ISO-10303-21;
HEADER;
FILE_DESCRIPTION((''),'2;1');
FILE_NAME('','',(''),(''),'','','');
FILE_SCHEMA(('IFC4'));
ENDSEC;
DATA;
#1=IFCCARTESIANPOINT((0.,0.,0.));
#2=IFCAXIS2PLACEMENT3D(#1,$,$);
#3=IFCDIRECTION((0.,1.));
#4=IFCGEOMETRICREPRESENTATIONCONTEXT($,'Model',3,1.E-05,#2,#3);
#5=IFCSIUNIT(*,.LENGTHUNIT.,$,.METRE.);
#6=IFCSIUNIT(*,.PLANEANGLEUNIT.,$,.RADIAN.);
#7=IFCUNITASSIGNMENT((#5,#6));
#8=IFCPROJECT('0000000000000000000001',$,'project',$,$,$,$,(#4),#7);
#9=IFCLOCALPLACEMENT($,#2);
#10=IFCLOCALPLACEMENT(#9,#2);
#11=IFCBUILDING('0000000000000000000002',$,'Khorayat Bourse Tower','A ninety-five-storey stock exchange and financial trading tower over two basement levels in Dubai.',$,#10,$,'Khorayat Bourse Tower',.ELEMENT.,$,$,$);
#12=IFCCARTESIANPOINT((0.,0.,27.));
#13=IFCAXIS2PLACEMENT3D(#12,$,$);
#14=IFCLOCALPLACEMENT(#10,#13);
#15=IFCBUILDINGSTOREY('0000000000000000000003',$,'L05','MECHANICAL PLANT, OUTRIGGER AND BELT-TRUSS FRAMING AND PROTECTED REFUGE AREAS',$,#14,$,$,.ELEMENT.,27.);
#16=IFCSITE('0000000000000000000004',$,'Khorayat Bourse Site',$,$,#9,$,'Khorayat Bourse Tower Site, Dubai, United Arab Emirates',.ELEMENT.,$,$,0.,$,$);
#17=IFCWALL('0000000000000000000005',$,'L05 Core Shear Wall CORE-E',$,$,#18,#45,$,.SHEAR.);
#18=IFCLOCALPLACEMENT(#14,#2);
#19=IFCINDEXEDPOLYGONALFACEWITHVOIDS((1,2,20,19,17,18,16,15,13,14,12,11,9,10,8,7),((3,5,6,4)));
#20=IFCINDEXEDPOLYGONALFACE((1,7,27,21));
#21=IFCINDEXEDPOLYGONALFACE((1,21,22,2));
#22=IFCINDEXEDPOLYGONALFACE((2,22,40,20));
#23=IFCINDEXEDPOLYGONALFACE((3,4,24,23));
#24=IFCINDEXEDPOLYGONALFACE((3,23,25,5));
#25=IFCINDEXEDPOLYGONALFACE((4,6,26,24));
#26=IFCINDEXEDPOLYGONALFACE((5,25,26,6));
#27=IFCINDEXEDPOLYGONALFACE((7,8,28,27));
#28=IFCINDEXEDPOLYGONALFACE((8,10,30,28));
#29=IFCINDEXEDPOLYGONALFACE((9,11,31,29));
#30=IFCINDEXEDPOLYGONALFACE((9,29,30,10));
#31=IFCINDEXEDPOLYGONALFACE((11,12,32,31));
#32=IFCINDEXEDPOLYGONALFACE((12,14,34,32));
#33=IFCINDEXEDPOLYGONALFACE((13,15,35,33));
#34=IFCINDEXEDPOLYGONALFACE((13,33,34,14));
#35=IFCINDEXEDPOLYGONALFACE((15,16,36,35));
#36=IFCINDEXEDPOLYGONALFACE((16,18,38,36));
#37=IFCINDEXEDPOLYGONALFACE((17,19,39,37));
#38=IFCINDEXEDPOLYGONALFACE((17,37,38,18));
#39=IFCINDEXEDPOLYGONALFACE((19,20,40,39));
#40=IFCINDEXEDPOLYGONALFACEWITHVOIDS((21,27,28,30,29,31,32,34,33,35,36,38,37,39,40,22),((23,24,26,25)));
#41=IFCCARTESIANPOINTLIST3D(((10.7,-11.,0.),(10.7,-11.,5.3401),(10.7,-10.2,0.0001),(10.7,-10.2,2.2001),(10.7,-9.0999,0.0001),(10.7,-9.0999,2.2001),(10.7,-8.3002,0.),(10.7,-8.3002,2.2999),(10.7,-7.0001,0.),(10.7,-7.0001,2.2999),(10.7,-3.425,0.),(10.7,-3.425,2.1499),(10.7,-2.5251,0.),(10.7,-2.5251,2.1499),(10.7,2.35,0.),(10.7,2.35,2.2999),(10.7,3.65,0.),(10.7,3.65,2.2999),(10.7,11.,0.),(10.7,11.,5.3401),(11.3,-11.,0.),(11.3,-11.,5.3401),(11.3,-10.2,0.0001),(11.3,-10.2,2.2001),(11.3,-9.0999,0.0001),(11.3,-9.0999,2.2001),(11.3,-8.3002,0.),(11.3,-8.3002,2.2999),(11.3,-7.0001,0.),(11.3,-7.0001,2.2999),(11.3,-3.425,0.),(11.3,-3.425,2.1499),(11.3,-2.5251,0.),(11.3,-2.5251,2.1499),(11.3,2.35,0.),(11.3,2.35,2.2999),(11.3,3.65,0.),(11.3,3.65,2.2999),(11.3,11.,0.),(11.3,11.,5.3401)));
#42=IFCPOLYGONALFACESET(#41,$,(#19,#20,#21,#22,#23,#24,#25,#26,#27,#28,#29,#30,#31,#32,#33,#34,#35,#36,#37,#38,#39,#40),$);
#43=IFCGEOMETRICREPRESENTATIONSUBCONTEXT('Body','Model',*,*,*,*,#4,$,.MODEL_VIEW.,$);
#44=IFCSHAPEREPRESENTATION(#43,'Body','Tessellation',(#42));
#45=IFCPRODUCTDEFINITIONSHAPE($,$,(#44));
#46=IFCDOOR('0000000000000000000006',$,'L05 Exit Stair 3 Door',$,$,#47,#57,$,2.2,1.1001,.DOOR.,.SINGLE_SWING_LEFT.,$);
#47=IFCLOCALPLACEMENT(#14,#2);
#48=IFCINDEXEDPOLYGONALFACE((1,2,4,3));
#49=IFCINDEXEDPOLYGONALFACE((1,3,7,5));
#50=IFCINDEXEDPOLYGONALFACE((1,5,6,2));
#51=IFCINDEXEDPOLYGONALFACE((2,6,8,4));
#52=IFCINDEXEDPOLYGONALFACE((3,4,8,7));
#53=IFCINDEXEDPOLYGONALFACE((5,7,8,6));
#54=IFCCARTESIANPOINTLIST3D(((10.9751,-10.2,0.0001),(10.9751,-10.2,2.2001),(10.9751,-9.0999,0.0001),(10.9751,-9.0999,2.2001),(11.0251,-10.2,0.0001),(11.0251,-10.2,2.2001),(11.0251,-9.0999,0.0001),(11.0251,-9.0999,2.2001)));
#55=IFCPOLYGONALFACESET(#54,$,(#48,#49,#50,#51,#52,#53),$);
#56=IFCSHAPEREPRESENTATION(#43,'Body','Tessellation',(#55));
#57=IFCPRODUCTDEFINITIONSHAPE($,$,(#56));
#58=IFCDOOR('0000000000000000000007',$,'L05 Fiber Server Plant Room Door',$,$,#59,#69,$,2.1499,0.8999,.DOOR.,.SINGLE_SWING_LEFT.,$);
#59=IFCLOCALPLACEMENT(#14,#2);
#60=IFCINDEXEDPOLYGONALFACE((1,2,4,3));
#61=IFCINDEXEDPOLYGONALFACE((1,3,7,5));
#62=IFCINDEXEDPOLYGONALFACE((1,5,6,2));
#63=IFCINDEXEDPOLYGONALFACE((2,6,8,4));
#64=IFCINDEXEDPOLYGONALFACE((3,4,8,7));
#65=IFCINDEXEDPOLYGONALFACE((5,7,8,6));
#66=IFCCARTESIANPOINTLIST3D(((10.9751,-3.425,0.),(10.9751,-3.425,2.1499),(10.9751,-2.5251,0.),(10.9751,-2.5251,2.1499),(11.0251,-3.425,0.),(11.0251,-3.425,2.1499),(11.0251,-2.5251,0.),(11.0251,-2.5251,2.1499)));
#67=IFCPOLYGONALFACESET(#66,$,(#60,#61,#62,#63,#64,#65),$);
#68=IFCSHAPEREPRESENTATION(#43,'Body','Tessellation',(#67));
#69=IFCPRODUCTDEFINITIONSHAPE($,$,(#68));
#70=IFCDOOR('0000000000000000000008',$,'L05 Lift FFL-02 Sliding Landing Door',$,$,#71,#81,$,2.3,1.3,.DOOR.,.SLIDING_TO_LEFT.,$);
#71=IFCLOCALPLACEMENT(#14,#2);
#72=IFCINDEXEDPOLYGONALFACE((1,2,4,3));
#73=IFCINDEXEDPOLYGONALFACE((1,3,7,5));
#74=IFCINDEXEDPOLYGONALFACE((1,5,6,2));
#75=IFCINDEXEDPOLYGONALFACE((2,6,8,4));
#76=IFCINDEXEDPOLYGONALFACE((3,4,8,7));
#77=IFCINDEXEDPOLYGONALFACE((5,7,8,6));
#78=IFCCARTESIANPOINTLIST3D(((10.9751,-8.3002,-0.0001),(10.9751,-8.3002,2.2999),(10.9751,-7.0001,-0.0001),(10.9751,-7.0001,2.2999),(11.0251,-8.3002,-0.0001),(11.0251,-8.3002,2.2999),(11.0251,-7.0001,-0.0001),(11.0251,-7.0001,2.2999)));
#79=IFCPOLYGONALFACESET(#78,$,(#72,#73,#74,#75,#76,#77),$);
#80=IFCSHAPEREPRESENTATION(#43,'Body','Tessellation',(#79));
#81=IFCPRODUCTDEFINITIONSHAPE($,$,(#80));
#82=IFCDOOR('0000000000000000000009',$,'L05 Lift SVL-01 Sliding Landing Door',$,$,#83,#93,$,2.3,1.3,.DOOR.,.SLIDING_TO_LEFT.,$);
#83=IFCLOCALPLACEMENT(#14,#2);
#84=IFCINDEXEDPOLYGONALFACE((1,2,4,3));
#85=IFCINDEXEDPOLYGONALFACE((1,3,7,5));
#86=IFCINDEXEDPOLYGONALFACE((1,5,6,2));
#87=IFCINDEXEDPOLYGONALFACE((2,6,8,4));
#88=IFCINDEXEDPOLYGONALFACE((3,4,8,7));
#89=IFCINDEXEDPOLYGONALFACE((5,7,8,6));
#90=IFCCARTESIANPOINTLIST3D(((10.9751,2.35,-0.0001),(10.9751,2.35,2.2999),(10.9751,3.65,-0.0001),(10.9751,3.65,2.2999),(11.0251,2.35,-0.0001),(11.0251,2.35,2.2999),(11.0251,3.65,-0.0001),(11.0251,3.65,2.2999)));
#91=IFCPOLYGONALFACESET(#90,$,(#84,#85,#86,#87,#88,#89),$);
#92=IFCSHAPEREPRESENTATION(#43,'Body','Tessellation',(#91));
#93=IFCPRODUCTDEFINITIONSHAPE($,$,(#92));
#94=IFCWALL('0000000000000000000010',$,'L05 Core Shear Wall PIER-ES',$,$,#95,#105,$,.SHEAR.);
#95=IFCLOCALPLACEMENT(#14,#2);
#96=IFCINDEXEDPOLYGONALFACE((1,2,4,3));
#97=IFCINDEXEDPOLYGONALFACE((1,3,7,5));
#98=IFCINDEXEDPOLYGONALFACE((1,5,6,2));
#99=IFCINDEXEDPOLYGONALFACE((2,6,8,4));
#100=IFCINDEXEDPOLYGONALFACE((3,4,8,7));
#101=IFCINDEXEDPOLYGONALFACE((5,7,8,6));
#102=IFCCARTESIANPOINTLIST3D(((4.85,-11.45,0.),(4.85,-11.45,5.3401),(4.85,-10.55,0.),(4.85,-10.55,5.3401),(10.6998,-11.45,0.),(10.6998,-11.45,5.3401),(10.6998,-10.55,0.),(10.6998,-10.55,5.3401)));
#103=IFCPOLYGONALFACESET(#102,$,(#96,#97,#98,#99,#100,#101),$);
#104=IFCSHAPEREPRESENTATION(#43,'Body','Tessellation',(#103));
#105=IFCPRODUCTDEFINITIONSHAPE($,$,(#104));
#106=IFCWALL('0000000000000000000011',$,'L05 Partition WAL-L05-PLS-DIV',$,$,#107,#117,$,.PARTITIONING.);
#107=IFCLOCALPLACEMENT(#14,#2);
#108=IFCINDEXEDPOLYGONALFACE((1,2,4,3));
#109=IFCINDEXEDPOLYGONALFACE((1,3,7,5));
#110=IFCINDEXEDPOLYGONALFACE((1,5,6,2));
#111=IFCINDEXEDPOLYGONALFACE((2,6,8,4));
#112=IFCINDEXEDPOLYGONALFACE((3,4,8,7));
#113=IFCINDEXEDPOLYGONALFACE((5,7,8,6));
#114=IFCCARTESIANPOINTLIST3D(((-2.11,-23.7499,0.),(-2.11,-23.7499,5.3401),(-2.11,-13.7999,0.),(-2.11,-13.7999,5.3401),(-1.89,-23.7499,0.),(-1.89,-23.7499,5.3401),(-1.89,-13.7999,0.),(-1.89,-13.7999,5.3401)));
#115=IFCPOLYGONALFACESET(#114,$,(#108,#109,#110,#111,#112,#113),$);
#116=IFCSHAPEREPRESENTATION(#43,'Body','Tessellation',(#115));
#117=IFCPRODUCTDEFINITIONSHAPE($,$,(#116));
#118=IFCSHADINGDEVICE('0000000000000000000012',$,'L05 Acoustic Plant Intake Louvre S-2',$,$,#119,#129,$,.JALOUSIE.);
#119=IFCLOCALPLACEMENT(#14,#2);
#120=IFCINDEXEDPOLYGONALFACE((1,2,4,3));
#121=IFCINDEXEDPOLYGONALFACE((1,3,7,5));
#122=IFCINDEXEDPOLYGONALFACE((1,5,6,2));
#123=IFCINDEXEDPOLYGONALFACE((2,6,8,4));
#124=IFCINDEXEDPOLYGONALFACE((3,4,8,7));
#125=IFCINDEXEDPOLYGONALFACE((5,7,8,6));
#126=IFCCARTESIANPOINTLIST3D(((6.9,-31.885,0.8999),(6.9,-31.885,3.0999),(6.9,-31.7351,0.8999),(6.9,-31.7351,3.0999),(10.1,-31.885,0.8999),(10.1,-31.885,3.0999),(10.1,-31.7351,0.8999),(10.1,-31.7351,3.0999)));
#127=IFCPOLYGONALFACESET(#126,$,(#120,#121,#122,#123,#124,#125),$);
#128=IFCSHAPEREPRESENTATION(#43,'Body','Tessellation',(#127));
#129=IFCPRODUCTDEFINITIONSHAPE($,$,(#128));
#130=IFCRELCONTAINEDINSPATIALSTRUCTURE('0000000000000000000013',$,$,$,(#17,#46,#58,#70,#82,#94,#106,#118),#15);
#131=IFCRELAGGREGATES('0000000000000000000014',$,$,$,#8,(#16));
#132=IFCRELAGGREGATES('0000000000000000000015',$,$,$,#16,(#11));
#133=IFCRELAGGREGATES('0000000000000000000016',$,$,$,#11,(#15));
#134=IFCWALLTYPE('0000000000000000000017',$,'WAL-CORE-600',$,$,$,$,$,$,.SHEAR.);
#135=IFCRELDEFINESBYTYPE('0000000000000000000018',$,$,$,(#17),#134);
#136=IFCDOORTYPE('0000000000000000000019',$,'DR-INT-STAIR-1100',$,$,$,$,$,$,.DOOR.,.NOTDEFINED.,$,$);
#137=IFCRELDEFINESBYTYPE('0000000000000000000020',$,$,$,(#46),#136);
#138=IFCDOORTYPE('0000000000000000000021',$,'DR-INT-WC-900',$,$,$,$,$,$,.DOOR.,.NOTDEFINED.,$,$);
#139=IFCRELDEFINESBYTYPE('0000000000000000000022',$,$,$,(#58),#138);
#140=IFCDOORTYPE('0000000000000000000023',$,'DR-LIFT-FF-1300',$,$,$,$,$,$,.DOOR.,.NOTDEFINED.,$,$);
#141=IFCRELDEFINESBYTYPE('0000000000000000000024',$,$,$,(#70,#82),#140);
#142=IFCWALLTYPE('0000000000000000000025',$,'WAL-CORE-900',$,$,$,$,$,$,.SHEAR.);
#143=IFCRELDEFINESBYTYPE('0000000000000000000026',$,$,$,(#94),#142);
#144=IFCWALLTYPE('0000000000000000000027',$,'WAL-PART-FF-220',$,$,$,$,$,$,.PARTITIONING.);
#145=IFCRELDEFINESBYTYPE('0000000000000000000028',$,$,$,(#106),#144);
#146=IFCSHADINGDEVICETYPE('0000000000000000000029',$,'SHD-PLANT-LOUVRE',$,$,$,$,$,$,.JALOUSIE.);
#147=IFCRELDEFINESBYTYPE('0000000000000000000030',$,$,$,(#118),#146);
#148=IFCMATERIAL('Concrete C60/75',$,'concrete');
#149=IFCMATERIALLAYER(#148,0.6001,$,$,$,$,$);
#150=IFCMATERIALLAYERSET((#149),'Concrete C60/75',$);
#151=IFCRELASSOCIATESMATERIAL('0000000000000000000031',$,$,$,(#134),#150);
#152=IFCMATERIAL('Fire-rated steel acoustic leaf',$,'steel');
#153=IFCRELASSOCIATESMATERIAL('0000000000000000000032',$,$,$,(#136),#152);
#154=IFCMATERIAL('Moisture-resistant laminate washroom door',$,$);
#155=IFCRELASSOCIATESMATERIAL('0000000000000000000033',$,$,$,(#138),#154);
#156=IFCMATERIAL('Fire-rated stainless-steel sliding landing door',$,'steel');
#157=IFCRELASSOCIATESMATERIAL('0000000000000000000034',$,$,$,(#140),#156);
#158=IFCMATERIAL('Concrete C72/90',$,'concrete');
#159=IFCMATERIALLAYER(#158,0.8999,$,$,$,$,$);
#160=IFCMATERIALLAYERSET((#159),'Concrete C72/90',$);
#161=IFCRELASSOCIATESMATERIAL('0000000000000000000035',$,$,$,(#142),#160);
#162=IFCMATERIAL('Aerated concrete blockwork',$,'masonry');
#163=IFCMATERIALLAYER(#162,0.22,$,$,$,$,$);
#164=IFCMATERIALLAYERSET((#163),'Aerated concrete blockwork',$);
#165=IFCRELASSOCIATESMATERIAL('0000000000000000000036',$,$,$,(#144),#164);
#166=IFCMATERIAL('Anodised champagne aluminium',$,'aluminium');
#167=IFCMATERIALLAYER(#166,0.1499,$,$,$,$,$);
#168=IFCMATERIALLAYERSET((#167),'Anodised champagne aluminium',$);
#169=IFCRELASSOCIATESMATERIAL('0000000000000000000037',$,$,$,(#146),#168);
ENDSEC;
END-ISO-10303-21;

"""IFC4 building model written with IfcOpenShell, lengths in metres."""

from ifc_helpers import new_model, si_unit, direction, frame, frame_2d, origin, origin_2d, place, context, subcontext, project, spatial, rectangle, extrude, source, transform, mapped, material, layer, layer_set, type_object, element, fill, save


model = new_model("IFC4")

# Units and contexts
model_context = context("Model", 3, precision=1e-05, world=origin(), true_north=direction((0.0, 1.0)))
body_context = subcontext(model_context, "Body", "Model", "MODEL_VIEW")
ifc_project = project(units=[si_unit("LENGTHUNIT", "METRE"), si_unit("PLANEANGLEUNIT", "RADIAN")], contexts=[model_context])

# Site, building, storey
site_placement = place(None, origin())
site = spatial("IfcSite", under=ifc_project, at=site_placement, Name="Khorayat Bourse Site", LongName="Khorayat Bourse Tower Site, Dubai, United Arab Emirates", CompositionType="ELEMENT", RefElevation=0.0)
building_placement = place(site_placement, origin())
building = spatial("IfcBuilding", under=site, at=building_placement, Name="Khorayat Bourse Tower", Description="A ninety-five-storey stock exchange and financial trading tower over two basement levels in Dubai.", LongName="Khorayat Bourse Tower", CompositionType="ELEMENT")
storey_placement = place(building_placement, frame((0.0, 0.0, 27.0)))
storey = spatial("IfcBuildingStorey", under=building, at=storey_placement, Name="L05", Description="MECHANICAL PLANT, OUTRIGGER AND BELT-TRUSS FRAMING AND PROTECTED REFUGE AREAS", CompositionType="ELEMENT", Elevation=27.0)

# Shared definitions
ifc_material_1 = material(Name="Concrete C72/90", Category="concrete")

# Wall, openings, doors
ifc_material_2 = material(Name="Concrete C60/75", Category="concrete")
ifc_layer_1 = layer(ifc_material_2, 0.6001)
ifc_layer_set_1 = layer_set([ifc_layer_1], Name="Concrete C60/75")
wall_type_1 = type_object("IfcWallType", Name="WAL-CORE-600", PredefinedType="SHEAR", material=ifc_layer_set_1)
shared_shape_1 = source(origin(), body_context, "Body", "SweptSolid", [
    extrude(rectangle(XDim=22.0, YDim=0.6001, at=frame_2d((11.0, 0.0))), origin(), (0.0, 0.0, 1.0), 5.3401),
])
wall_1_placement = place(storey_placement, frame((11.0, -11.0, 0.0), z_axis=(0.0, 0.0, 1.0), x_axis=(0.0, 1.0, 0.0)))
wall_1 = element("IfcWall", 1, at=wall_1_placement, inside=storey, type_object=wall_type_1, Name="L05 Core Shear Wall CORE-E", PredefinedType="SHEAR", context=body_context, shape_type="MappedRepresentation", body=[
    mapped(shared_shape_1, transform((0.0, 0.0, 0.0), scale=1.0)),
])
shared_shape_2 = source(origin(), body_context, "Body", "SweptSolid", [
    extrude(rectangle(XDim=1.1001, YDim=2.2, at=frame_2d((0.55, 1.1001))), frame((0.0, 0.3101, 0.0), z_axis=(0.0, -1.0, 0.0), x_axis=(1.0, 0.0, 0.0)), (0.0, 0.0, 1.0), 0.6201),
])
opening_1_placement = place(wall_1_placement, frame((0.8, 0.0, 0.0)))
opening_1 = element("IfcOpeningElement", 2, at=opening_1_placement, cuts=wall_1, PredefinedType="OPENING", context=body_context, shape_type="MappedRepresentation", body=[
    mapped(shared_shape_2, transform((0.0, 0.0, 0.0), scale=1.0)),
])
shared_shape_3 = source(origin(), body_context, "Body", "SweptSolid", [
    extrude(rectangle(XDim=0.8999, YDim=2.1499, at=frame_2d((0.45, 1.075))), frame((0.0, 0.3101, 0.0), z_axis=(0.0, -1.0, 0.0), x_axis=(1.0, 0.0, 0.0)), (0.0, 0.0, 1.0), 0.6201),
])
opening_2_placement = place(wall_1_placement, frame((7.575, 0.0, 0.0)))
opening_2 = element("IfcOpeningElement", 3, at=opening_2_placement, cuts=wall_1, PredefinedType="OPENING", context=body_context, shape_type="MappedRepresentation", body=[
    mapped(shared_shape_3, transform((0.0, 0.0, 0.0), scale=1.0)),
])
shared_shape_4 = source(origin(), body_context, "Body", "SweptSolid", [
    extrude(rectangle(XDim=1.3, YDim=2.3, at=frame_2d((0.6499, 1.1499))), frame((0.0, 0.3101, 0.0), z_axis=(0.0, -1.0, 0.0), x_axis=(1.0, 0.0, 0.0)), (0.0, 0.0, 1.0), 0.6201),
])
opening_3_placement = place(wall_1_placement, frame((2.7, 0.0, 0.0)))
opening_3 = element("IfcOpeningElement", 4, at=opening_3_placement, cuts=wall_1, PredefinedType="OPENING", context=body_context, shape_type="MappedRepresentation", body=[
    mapped(shared_shape_4, transform((0.0, 0.0, 0.0), scale=1.0)),
])
opening_4_placement = place(wall_1_placement, frame((13.3501, 0.0, 0.0)))
opening_4 = element("IfcOpeningElement", 5, at=opening_4_placement, cuts=wall_1, PredefinedType="OPENING", context=body_context, shape_type="MappedRepresentation", body=[
    mapped(shared_shape_4, transform((0.0, 0.0, 0.0), scale=1.0)),
])
ifc_material_3 = material(Name="Fire-rated steel acoustic leaf", Category="steel")
door_type_1 = type_object("IfcDoorType", Name="DR-INT-STAIR-1100", OperationType="NOTDEFINED", PredefinedType="DOOR", material=ifc_material_3)
shared_shape_5 = source(origin(), body_context, "Body", "SweptSolid", [
    extrude(rectangle(XDim=1.1001, YDim=2.2, at=frame_2d((0.55, 1.1001))), frame((0.0, 0.0249, 0.0), z_axis=(0.0, -1.0, 0.0), x_axis=(1.0, 0.0, 0.0)), (0.0, 0.0, 1.0), 0.05),
])
door_1_placement = place(opening_1_placement, origin())
door_1 = element("IfcDoor", 6, at=door_1_placement, inside=storey, type_object=door_type_1, Name="L05 Exit Stair 3 Door", OperationType="SINGLE_SWING_LEFT", OverallHeight=2.2, OverallWidth=1.1001, PredefinedType="DOOR", context=body_context, shape_type="MappedRepresentation", body=[
    mapped(shared_shape_5, transform((0.0, 0.0, 0.0), scale=1.0)),
])
fill(opening_1, door_1)
ifc_material_4 = material(Name="Moisture-resistant laminate washroom door")
door_type_2 = type_object("IfcDoorType", Name="DR-INT-WC-900", OperationType="NOTDEFINED", PredefinedType="DOOR", material=ifc_material_4)
shared_shape_6 = source(origin(), body_context, "Body", "SweptSolid", [
    extrude(rectangle(XDim=0.8999, YDim=2.1499, at=frame_2d((0.45, 1.075))), frame((0.0, 0.0249, 0.0), z_axis=(0.0, -1.0, 0.0), x_axis=(1.0, 0.0, 0.0)), (0.0, 0.0, 1.0), 0.05),
])
door_2_placement = place(opening_2_placement, origin())
door_2 = element("IfcDoor", 7, at=door_2_placement, inside=storey, type_object=door_type_2, Name="L05 Fiber Server Plant Room Door", OperationType="SINGLE_SWING_LEFT", OverallHeight=2.1499, OverallWidth=0.8999, PredefinedType="DOOR", context=body_context, shape_type="MappedRepresentation", body=[
    mapped(shared_shape_6, transform((0.0, 0.0, 0.0), scale=1.0)),
])
fill(opening_2, door_2)
ifc_material_5 = material(Name="Fire-rated stainless-steel sliding landing door", Category="steel")
door_type_3 = type_object("IfcDoorType", Name="DR-LIFT-FF-1300", OperationType="NOTDEFINED", PredefinedType="DOOR", material=ifc_material_5)
shared_shape_7 = source(origin(), body_context, "Body", "SweptSolid", [
    extrude(rectangle(XDim=1.3, YDim=2.3, at=frame_2d((0.6499, 1.1499))), frame((0.0, 0.0249, 0.0), z_axis=(0.0, -1.0, 0.0), x_axis=(1.0, 0.0, 0.0)), (0.0, 0.0, 1.0), 0.05),
])
door_3_placement = place(opening_3_placement, origin())
door_3 = element("IfcDoor", 8, at=door_3_placement, inside=storey, type_object=door_type_3, Name="L05 Lift FFL-02 Sliding Landing Door", OperationType="SLIDING_TO_LEFT", OverallHeight=2.3, OverallWidth=1.3, PredefinedType="DOOR", context=body_context, shape_type="MappedRepresentation", body=[
    mapped(shared_shape_7, transform((0.0, 0.0, 0.0), scale=1.0)),
])
fill(opening_3, door_3)
door_4_placement = place(opening_4_placement, origin())
door_4 = element("IfcDoor", 9, at=door_4_placement, inside=storey, type_object=door_type_3, Name="L05 Lift SVL-01 Sliding Landing Door", OperationType="SLIDING_TO_LEFT", OverallHeight=2.3, OverallWidth=1.3, PredefinedType="DOOR", context=body_context, shape_type="MappedRepresentation", body=[
    mapped(shared_shape_7, transform((0.0, 0.0, 0.0), scale=1.0)),
])
fill(opening_4, door_4)

# Walls
ifc_layer_2 = layer(ifc_material_1, 0.8999)
ifc_layer_set_2 = layer_set([ifc_layer_2], Name="Concrete C72/90")
wall_type_2 = type_object("IfcWallType", Name="WAL-CORE-900", PredefinedType="SHEAR", material=ifc_layer_set_2)
shared_shape_8 = source(origin(), body_context, "Body", "SweptSolid", [
    extrude(rectangle(XDim=5.8499, YDim=0.8999, at=frame_2d((2.9248, 0.0))), origin(), (0.0, 0.0, 1.0), 5.3401),
])
wall_2_placement = place(storey_placement, frame((4.8501, -11.0, 0.0), z_axis=(0.0, 0.0, 1.0), x_axis=(1.0, 0.0, 0.0)))
element("IfcWall", 10, at=wall_2_placement, inside=storey, type_object=wall_type_2, Name="L05 Core Shear Wall PIER-ES", PredefinedType="SHEAR", context=body_context, shape_type="MappedRepresentation", body=[
    mapped(shared_shape_8, transform((0.0, 0.0, 0.0), scale=1.0)),
])
ifc_material_6 = material(Name="Aerated concrete blockwork", Category="masonry")
ifc_layer_3 = layer(ifc_material_6, 0.22)
ifc_layer_set_3 = layer_set([ifc_layer_3], Name="Aerated concrete blockwork")
wall_type_3 = type_object("IfcWallType", Name="WAL-PART-FF-220", PredefinedType="PARTITIONING", material=ifc_layer_set_3)
shared_shape_9 = source(origin(), body_context, "Body", "SweptSolid", [
    extrude(rectangle(XDim=9.95, YDim=0.22, at=frame_2d((4.9751, 0.0))), origin(), (0.0, 0.0, 1.0), 5.3401),
])
wall_3_placement = place(storey_placement, frame((-2.0, -23.75, 0.0), z_axis=(0.0, 0.0, 1.0), x_axis=(0.0, 1.0, 0.0)))
element("IfcWall", 11, at=wall_3_placement, inside=storey, type_object=wall_type_3, Name="L05 Partition WAL-L05-PLS-DIV", PredefinedType="PARTITIONING", context=body_context, shape_type="MappedRepresentation", body=[
    mapped(shared_shape_9, transform((0.0, 0.0, 0.0), scale=1.0)),
])

# Shading device
ifc_material_7 = material(Name="Anodised champagne aluminium", Category="aluminium")
ifc_layer_4 = layer(ifc_material_7, 0.1499)
ifc_layer_set_4 = layer_set([ifc_layer_4], Name="Anodised champagne aluminium")
shading_device_type = type_object("IfcShadingDeviceType", Name="SHD-PLANT-LOUVRE", PredefinedType="JALOUSIE", material=ifc_layer_set_4)
shared_shape_10 = source(origin(), body_context, "Body", "SweptSolid", [
    extrude(rectangle(XDim=3.2, YDim=0.1499, at=origin_2d()), origin(), (0.0, 0.0, 1.0), 2.2),
])
shading_device_placement = place(storey_placement, frame((8.5, -31.8101, 0.8999), z_axis=(0.0, 0.0, 1.0), x_axis=(1.0, 0.0, 0.0)))
element("IfcShadingDevice", 12, at=shading_device_placement, inside=storey, type_object=shading_device_type, Name="L05 Acoustic Plant Intake Louvre S-2", PredefinedType="JALOUSIE", context=body_context, shape_type="MappedRepresentation", body=[
    mapped(shared_shape_10, transform((0.0, 0.0, 0.0), scale=1.0)),
])

save(model, "model.ifc")
